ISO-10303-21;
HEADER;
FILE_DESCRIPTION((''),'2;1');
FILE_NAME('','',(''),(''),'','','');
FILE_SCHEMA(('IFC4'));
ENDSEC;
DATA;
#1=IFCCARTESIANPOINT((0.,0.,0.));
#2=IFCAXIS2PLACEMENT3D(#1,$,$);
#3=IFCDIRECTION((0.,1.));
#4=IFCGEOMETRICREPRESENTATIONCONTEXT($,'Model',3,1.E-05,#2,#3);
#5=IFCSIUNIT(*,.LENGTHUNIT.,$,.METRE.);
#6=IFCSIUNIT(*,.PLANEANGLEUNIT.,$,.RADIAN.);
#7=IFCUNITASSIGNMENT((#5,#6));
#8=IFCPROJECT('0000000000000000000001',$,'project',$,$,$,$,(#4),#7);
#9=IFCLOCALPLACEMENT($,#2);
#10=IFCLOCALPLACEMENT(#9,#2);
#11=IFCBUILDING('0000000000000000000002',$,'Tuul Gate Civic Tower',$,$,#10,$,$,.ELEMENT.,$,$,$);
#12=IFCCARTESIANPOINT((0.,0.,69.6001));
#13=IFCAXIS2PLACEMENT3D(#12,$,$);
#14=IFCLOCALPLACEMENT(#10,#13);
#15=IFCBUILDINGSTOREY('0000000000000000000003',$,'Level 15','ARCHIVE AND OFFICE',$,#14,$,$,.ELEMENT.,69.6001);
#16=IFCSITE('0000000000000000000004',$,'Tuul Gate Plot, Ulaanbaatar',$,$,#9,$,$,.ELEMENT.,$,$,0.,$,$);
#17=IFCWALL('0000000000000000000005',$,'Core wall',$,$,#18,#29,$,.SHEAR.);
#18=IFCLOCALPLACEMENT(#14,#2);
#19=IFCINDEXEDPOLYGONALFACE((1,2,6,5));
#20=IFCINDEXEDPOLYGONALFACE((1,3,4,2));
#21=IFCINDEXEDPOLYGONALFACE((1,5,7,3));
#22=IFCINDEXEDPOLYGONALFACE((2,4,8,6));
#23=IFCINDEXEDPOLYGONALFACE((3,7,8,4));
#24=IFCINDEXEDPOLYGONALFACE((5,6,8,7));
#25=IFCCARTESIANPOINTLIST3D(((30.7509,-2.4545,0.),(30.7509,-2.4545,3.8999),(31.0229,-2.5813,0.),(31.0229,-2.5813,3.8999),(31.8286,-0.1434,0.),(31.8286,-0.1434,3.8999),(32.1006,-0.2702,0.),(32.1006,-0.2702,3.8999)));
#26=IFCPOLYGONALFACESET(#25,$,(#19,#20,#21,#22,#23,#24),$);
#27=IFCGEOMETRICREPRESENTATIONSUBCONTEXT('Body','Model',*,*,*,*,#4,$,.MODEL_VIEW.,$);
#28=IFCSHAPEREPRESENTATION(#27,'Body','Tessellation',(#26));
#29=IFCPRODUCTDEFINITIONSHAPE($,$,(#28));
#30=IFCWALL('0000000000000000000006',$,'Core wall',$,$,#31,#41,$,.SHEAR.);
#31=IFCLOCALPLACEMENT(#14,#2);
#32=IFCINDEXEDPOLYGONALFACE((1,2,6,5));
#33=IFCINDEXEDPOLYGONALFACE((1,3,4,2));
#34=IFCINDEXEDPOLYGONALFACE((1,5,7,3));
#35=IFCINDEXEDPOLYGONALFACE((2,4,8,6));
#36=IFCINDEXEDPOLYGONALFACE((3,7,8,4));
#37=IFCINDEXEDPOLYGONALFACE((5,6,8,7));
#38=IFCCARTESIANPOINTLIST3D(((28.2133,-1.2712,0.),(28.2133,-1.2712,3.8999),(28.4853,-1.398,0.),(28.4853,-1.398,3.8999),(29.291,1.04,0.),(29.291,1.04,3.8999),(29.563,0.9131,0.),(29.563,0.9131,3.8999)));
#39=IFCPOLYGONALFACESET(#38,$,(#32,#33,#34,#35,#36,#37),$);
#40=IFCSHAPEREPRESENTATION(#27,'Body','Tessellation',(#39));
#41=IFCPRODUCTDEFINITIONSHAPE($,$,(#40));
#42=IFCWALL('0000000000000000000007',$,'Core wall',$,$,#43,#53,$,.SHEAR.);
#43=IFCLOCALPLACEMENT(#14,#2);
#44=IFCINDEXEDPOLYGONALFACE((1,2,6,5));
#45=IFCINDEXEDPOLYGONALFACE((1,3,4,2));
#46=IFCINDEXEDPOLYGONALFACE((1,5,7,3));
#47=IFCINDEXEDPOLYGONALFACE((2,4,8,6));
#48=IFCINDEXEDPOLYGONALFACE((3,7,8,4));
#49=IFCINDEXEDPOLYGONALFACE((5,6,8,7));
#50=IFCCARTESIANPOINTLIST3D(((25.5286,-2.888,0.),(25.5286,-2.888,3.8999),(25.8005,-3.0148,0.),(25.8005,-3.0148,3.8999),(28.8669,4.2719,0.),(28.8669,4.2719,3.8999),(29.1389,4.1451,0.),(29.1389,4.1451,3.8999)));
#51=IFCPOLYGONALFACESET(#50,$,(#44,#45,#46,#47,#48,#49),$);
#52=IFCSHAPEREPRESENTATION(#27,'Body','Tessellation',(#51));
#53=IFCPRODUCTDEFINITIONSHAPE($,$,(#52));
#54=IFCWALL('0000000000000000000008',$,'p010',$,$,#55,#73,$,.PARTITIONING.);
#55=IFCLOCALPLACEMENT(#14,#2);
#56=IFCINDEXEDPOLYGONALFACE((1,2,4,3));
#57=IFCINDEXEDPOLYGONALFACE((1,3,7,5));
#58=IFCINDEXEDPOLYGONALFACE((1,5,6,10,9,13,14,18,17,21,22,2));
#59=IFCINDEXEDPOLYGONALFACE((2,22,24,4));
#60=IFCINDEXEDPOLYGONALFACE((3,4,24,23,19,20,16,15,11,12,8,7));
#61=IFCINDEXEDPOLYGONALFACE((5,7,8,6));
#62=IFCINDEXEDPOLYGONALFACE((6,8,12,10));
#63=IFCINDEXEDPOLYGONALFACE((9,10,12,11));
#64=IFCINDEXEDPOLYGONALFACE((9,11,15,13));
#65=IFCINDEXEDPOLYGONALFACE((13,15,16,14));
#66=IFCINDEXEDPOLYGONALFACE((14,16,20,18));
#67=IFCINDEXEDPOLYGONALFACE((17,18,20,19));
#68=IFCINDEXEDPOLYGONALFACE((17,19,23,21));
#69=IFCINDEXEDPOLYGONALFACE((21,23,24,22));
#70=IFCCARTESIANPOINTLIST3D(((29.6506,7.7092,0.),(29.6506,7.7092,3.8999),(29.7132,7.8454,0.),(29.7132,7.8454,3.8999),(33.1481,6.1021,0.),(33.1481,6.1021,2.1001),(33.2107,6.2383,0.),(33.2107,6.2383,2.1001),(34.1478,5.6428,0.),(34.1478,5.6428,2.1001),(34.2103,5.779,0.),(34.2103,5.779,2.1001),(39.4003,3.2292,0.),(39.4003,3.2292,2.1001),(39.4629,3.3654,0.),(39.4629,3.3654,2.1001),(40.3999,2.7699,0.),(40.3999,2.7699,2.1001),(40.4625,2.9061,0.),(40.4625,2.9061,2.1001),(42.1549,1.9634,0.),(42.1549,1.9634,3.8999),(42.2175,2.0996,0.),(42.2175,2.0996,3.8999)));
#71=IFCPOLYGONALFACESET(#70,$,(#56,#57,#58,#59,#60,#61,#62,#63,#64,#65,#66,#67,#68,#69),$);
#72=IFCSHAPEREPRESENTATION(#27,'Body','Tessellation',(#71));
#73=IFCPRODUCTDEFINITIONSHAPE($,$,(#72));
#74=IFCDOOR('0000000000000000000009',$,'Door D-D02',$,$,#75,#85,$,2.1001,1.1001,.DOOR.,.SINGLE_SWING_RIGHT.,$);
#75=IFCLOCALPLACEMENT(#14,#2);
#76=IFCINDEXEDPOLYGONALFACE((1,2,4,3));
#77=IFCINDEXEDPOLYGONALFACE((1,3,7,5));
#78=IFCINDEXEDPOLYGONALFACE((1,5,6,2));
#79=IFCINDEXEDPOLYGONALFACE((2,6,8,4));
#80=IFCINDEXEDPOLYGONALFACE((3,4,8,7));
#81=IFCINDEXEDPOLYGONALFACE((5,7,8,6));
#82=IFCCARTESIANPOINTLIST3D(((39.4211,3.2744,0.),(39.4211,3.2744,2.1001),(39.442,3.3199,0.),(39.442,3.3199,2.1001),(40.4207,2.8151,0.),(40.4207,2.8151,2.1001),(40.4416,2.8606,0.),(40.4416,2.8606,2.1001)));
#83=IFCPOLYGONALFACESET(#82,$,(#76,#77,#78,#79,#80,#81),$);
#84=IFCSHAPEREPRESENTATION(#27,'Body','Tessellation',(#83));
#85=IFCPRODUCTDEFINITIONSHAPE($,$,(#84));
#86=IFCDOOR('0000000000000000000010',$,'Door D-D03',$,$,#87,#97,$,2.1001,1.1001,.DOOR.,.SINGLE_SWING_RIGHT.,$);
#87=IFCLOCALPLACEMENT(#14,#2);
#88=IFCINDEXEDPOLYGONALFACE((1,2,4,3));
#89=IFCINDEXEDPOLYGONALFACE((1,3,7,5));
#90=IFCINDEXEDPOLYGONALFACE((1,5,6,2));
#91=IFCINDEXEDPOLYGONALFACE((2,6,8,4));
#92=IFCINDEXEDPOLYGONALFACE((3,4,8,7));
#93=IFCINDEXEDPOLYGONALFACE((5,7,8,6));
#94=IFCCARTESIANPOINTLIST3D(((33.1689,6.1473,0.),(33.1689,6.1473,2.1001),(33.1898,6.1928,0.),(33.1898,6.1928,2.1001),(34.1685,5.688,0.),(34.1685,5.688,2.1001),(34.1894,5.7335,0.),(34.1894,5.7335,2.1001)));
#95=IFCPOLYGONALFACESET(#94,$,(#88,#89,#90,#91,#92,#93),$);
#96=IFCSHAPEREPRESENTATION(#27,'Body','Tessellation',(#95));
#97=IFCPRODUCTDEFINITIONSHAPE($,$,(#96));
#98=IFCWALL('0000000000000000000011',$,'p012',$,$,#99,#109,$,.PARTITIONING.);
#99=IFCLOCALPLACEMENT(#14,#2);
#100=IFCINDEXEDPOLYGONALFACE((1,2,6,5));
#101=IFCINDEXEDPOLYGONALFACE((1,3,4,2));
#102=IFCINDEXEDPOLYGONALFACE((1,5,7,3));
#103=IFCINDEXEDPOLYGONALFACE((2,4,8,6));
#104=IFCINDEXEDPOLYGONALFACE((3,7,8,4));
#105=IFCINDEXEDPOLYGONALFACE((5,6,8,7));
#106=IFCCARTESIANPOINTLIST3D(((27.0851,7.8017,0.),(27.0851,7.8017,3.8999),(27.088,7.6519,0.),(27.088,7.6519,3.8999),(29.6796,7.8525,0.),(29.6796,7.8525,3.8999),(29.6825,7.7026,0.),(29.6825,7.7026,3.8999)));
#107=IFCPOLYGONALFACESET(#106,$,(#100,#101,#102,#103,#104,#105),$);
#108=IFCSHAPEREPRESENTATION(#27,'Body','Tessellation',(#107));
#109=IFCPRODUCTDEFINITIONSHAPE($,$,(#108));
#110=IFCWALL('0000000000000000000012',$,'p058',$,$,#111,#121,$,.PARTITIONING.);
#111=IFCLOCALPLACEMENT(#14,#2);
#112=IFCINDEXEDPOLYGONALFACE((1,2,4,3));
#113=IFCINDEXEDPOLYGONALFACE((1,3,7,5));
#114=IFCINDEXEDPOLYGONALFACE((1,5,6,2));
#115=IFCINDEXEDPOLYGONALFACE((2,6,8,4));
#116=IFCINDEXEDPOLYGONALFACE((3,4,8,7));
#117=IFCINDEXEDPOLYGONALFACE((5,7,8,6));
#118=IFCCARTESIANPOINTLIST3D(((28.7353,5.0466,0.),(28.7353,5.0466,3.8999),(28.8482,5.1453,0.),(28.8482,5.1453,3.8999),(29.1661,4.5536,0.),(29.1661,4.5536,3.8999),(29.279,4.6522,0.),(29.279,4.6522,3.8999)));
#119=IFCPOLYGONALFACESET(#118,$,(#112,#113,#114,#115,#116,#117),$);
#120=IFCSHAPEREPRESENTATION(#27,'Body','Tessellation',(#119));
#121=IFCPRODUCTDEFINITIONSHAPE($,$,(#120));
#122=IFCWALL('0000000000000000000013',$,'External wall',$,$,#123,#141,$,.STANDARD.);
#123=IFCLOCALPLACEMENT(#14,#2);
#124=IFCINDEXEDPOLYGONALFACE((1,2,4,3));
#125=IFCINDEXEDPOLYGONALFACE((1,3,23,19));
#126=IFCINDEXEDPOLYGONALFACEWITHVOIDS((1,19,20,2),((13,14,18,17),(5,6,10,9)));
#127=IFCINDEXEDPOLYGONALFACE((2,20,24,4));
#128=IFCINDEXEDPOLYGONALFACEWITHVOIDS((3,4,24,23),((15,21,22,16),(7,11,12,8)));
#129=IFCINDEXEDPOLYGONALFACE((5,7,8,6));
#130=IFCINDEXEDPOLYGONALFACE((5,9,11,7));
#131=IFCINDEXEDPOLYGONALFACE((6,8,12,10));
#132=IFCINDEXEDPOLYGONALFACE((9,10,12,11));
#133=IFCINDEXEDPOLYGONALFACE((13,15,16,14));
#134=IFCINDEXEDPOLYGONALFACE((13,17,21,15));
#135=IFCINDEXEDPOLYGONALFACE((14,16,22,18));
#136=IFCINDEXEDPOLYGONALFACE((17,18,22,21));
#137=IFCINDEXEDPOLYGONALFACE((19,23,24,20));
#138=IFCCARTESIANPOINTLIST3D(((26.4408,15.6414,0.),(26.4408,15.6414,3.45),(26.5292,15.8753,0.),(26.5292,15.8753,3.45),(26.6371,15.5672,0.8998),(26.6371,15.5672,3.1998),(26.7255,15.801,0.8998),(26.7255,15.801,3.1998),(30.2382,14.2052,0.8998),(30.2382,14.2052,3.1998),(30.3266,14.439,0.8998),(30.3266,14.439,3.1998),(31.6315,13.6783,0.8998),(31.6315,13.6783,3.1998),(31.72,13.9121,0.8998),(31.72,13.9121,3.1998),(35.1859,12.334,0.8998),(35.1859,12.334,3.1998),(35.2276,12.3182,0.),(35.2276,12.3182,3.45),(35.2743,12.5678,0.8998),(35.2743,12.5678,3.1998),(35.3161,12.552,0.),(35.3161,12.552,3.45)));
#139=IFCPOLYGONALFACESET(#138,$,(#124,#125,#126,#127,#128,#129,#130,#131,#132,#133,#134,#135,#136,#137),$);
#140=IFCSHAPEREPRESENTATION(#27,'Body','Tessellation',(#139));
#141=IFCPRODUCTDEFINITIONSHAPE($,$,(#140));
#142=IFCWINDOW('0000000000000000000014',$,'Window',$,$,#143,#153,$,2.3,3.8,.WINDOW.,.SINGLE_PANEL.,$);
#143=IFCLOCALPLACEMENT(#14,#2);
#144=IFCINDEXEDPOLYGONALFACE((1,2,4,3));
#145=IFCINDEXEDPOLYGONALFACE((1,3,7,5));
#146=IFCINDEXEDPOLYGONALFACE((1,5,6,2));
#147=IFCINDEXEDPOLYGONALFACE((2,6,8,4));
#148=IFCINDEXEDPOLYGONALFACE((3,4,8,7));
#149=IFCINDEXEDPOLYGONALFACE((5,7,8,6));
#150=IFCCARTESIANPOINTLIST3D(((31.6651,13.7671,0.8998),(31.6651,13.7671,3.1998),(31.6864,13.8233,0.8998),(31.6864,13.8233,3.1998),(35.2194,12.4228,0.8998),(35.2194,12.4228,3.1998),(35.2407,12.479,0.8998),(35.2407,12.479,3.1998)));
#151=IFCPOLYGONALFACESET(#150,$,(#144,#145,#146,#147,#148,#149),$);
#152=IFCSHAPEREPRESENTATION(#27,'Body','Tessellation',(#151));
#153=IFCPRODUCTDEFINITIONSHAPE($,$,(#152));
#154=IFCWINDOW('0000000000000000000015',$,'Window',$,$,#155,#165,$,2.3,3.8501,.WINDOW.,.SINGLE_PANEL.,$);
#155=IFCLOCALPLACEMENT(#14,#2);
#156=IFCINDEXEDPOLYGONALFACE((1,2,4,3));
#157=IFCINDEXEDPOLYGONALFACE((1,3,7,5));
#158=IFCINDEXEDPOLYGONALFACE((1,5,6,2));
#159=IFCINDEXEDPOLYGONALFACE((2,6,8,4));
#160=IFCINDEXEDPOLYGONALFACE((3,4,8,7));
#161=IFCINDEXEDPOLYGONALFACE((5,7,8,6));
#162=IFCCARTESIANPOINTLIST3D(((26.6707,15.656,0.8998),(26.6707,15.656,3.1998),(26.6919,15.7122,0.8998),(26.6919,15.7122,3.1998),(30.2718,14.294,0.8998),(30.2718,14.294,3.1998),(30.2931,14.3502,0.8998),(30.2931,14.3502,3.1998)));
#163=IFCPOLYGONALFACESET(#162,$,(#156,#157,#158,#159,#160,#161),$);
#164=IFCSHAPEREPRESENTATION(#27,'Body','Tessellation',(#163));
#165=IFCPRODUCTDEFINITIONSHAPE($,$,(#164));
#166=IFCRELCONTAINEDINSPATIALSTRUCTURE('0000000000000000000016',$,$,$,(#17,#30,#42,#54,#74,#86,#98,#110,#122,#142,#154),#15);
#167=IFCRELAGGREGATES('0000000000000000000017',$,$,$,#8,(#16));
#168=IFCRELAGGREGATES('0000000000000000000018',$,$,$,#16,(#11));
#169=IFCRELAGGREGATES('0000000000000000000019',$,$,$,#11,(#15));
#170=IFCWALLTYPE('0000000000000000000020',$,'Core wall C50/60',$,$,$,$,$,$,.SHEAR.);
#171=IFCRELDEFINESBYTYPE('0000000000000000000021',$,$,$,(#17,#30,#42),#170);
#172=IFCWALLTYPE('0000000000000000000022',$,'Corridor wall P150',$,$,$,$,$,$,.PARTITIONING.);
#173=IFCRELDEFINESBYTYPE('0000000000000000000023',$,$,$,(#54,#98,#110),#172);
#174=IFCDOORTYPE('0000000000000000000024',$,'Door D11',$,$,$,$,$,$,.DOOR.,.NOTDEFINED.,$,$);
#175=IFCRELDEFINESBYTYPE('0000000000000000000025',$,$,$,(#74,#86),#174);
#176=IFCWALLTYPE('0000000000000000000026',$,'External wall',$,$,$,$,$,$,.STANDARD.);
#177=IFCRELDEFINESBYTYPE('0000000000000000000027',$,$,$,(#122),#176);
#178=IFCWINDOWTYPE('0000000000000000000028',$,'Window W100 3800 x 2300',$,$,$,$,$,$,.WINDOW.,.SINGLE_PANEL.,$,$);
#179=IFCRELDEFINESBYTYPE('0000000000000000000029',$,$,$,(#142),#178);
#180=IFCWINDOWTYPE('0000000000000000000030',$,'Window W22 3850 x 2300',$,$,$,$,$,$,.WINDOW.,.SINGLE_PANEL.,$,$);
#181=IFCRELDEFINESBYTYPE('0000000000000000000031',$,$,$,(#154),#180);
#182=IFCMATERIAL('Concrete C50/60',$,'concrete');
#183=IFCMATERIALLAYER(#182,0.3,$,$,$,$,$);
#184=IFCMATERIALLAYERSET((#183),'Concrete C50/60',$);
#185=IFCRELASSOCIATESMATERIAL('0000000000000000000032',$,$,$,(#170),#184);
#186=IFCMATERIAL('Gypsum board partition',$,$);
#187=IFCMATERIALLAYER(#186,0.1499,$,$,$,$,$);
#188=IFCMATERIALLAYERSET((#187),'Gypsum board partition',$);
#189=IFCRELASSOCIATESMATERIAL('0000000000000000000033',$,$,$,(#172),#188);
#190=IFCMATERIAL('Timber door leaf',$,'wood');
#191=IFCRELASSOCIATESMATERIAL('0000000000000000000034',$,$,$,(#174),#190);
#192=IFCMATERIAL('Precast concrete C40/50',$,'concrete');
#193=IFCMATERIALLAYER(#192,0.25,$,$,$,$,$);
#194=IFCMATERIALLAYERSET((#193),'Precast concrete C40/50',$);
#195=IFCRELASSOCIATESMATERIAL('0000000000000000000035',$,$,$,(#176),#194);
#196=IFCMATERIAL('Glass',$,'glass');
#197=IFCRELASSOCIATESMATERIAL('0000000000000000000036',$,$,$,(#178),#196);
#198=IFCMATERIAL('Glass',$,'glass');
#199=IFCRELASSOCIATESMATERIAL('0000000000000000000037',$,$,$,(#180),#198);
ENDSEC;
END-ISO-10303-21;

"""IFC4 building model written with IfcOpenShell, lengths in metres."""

from ifc_helpers import new_model, si_unit, direction, frame, frame_2d, origin, place, context, subcontext, project, spatial, rectangle, extrude, material, layer, layer_set, type_object, element, fill, save


model = new_model("IFC4")

# Units and contexts
model_context = context("Model", 3, precision=1e-05, world=origin(), true_north=direction((0.0, 1.0)))
body_context = subcontext(model_context, "Body", "Model", "MODEL_VIEW")
ifc_project = project(units=[si_unit("LENGTHUNIT", "METRE"), si_unit("PLANEANGLEUNIT", "RADIAN")], contexts=[model_context])

# Site, building, storey
site_placement = place(None, origin())
site = spatial("IfcSite", under=ifc_project, at=site_placement, Name="Tuul Gate Plot, Ulaanbaatar", CompositionType="ELEMENT", RefElevation=0.0)
building_placement = place(site_placement, origin())
building = spatial("IfcBuilding", under=site, at=building_placement, Name="Tuul Gate Civic Tower", CompositionType="ELEMENT")
storey_placement = place(building_placement, frame((0.0, 0.0, 69.6001)))
storey = spatial("IfcBuildingStorey", under=building, at=storey_placement, Name="Level 15", Description="ARCHIVE AND OFFICE", CompositionType="ELEMENT", Elevation=69.6001)

# Shared definitions
ifc_material_1 = material(Name="Concrete C50/60", Category="concrete")
ifc_layer_1 = layer(ifc_material_1, 0.3)
ifc_layer_set_1 = layer_set([ifc_layer_1], Name="Concrete C50/60")
wall_type_1 = type_object("IfcWallType", Name="Core wall C50/60", PredefinedType="SHEAR", material=ifc_layer_set_1)

# Walls
for number, where, z_axis, x_axis, name in (
    (1, (30.887, -2.5178, 0.0), (0.0, 0.0, 1.0), (0.422613, 0.90631, 0.0), "Core wall"),
    (2, (28.3494, -1.3345, 0.0), (0.0, 0.0, 1.0), (0.422613, 0.90631, 0.0), "Core wall"),
):
    element("IfcWall", number, at=place(storey_placement, frame(where, z_axis=z_axis, x_axis=x_axis)), inside=storey, type_object=wall_type_1, Name=name, PredefinedType="SHEAR", context=body_context, shape_type="SweptSolid", body=[
        extrude(rectangle(XDim=2.55, YDim=0.3, at=frame_2d((1.2749, 0.0))), origin(), (0.0, 0.0, 1.0), 3.8999),
    ])
wall_1_placement = place(storey_placement, frame((25.6646, -2.9514, 0.0), z_axis=(0.0, 0.0, 1.0), x_axis=(0.422583, 0.906324, 0.0)))
element("IfcWall", 3, at=wall_1_placement, inside=storey, type_object=wall_type_1, Name="Core wall", PredefinedType="SHEAR", context=body_context, shape_type="SweptSolid", body=[
    extrude(rectangle(XDim=7.8999, YDim=0.3, at=frame_2d((3.95, 0.0))), origin(), (0.0, 0.0, 1.0), 3.8999),
])

# Wall, openings, doors
ifc_material_2 = material(Name="Gypsum board partition")
ifc_layer_2 = layer(ifc_material_2, 0.1499)
ifc_layer_set_2 = layer_set([ifc_layer_2], Name="Gypsum board partition")
wall_type_2 = type_object("IfcWallType", Name="Corridor wall P150", PredefinedType="PARTITIONING", material=ifc_layer_set_2)
wall_2_placement = place(storey_placement, frame((29.6819, 7.7773, 0.0), z_axis=(0.0, 0.0, 1.0), x_axis=(0.908661, -0.417535, 0.0)))
wall_2 = element("IfcWall", 4, at=wall_2_placement, inside=storey, type_object=wall_type_2, Name="p010", PredefinedType="PARTITIONING", context=body_context, shape_type="SweptSolid", body=[
    extrude(rectangle(XDim=13.7612, YDim=0.1499, at=frame_2d((6.8806, 0.0))), origin(), (0.0, 0.0, 1.0), 3.8999),
])
opening_1_placement = place(wall_2_placement, frame((10.7297, 0.0, 0.0)))
opening_1 = element("IfcOpeningElement", 5, at=opening_1_placement, cuts=wall_2, PredefinedType="OPENING", context=body_context, shape_type="SweptSolid", body=[
    extrude(rectangle(XDim=1.1001, YDim=2.1001, at=frame_2d((0.55, 1.05))), frame((0.0, 0.085, 0.0), z_axis=(0.0, -1.0, 0.0), x_axis=(1.0, 0.0, 0.0)), (0.0, 0.0, 1.0), 0.1699),
])
opening_2_placement = place(wall_2_placement, frame((3.8491, 0.0, 0.0)))
opening_2 = element("IfcOpeningElement", 6, at=opening_2_placement, cuts=wall_2, PredefinedType="OPENING", context=body_context, shape_type="SweptSolid", body=[
    extrude(rectangle(XDim=1.1001, YDim=2.1001, at=frame_2d((0.55, 1.05))), frame((0.0, 0.085, 0.0), z_axis=(0.0, -1.0, 0.0), x_axis=(1.0, 0.0, 0.0)), (0.0, 0.0, 1.0), 0.1699),
])
ifc_material_3 = material(Name="Timber door leaf", Category="wood")
door_type_1 = type_object("IfcDoorType", Name="Door D11", OperationType="NOTDEFINED", PredefinedType="DOOR", material=ifc_material_3)
door_1_placement = place(opening_1_placement, origin())
door_1 = element("IfcDoor", 7, at=door_1_placement, inside=storey, type_object=door_type_1, Name="Door D-D02", OperationType="SINGLE_SWING_RIGHT", OverallHeight=2.1001, OverallWidth=1.1001, PredefinedType="DOOR", context=body_context, shape_type="SweptSolid", body=[
    extrude(rectangle(XDim=1.1001, YDim=2.1001, at=frame_2d((0.55, 1.05))), frame((0.0, 0.0249, 0.0), z_axis=(0.0, -1.0, 0.0), x_axis=(1.0, 0.0, 0.0)), (0.0, 0.0, 1.0), 0.05),
])
fill(opening_1, door_1)
door_2_placement = place(opening_2_placement, origin())
door_2 = element("IfcDoor", 8, at=door_2_placement, inside=storey, type_object=door_type_1, Name="Door D-D03", OperationType="SINGLE_SWING_RIGHT", OverallHeight=2.1001, OverallWidth=1.1001, PredefinedType="DOOR", context=body_context, shape_type="SweptSolid", body=[
    extrude(rectangle(XDim=1.1001, YDim=2.1001, at=frame_2d((0.55, 1.05))), frame((0.0, 0.0249, 0.0), z_axis=(0.0, -1.0, 0.0), x_axis=(1.0, 0.0, 0.0)), (0.0, 0.0, 1.0), 0.05),
])
fill(opening_2, door_2)

# Walls
wall_3_placement = place(storey_placement, frame((27.0867, 7.7268, 0.0), z_axis=(0.0, 0.0, 1.0), x_axis=(0.999809, 0.019569, 0.0)))
element("IfcWall", 9, at=wall_3_placement, inside=storey, type_object=wall_type_2, Name="p012", PredefinedType="PARTITIONING", context=body_context, shape_type="SweptSolid", body=[
    extrude(rectangle(XDim=2.595, YDim=0.1499, at=frame_2d((1.2974, 0.0))), origin(), (0.0, 0.0, 1.0), 3.8999),
])
wall_4_placement = place(storey_placement, frame((28.7917, 5.0959, 0.0), z_axis=(0.0, 0.0, 1.0), x_axis=(0.657977, -0.753038, 0.0)))
element("IfcWall", 10, at=wall_4_placement, inside=storey, type_object=wall_type_2, Name="p058", PredefinedType="PARTITIONING", context=body_context, shape_type="SweptSolid", body=[
    extrude(rectangle(XDim=0.6548, YDim=0.1499, at=frame_2d((0.3274, 0.0))), origin(), (0.0, 0.0, 1.0), 3.8999),
])

# Wall, openings, windows
ifc_material_4 = material(Name="Precast concrete C40/50", Category="concrete")
ifc_layer_3 = layer(ifc_material_4, 0.25)
ifc_layer_set_3 = layer_set([ifc_layer_3], Name="Precast concrete C40/50")
wall_type_3 = type_object("IfcWallType", Name="External wall", PredefinedType="STANDARD", material=ifc_layer_set_3)
wall_5_placement = place(storey_placement, frame((35.272, 12.4351, 0.0), z_axis=(0.0, 0.0, 1.0), x_axis=(-0.93534, 0.353751, 0.0)))
wall_5 = element("IfcWall", 11, at=wall_5_placement, inside=storey, type_object=wall_type_3, Name="External wall", PredefinedType="STANDARD", context=body_context, shape_type="SweptSolid", body=[
    extrude(rectangle(XDim=9.3943, YDim=0.25, at=frame_2d((4.6973, 0.0))), origin(), (0.0, 0.0, 1.0), 3.45),
])
opening_3_placement = place(wall_5_placement, frame((0.0449, 0.0, 0.8999)))
opening_3 = element("IfcOpeningElement", 12, at=opening_3_placement, cuts=wall_5, PredefinedType="OPENING", context=body_context, shape_type="SweptSolid", body=[
    extrude(rectangle(XDim=3.8, YDim=2.3, at=frame_2d((1.8999, 1.1499))), frame((0.0, 0.135, 0.0), z_axis=(0.0, -1.0, 0.0), x_axis=(1.0, 0.0, 0.0)), (0.0, 0.0, 1.0), 0.27),
])
opening_4_placement = place(wall_5_placement, frame((5.3345, 0.0, 0.8999)))
opening_4 = element("IfcOpeningElement", 13, at=opening_4_placement, cuts=wall_5, PredefinedType="OPENING", context=body_context, shape_type="SweptSolid", body=[
    extrude(rectangle(XDim=3.8501, YDim=2.3, at=frame_2d((1.925, 1.1499))), frame((0.0, 0.135, 0.0), z_axis=(0.0, -1.0, 0.0), x_axis=(1.0, 0.0, 0.0)), (0.0, 0.0, 1.0), 0.27),
])
ifc_material_5 = material(Name="Glass", Category="glass")
window_type_1 = type_object("IfcWindowType", Name="Window W100 3800 x 2300", PartitioningType="SINGLE_PANEL", PredefinedType="WINDOW", material=ifc_material_5)
window_1_placement = place(opening_3_placement, origin())
window_1 = element("IfcWindow", 14, at=window_1_placement, inside=storey, type_object=window_type_1, Name="Window", OverallHeight=2.3, OverallWidth=3.8, PartitioningType="SINGLE_PANEL", PredefinedType="WINDOW", context=body_context, shape_type="SweptSolid", body=[
    extrude(rectangle(XDim=3.8, YDim=2.3, at=frame_2d((1.8999, 1.1499))), frame((0.0, 0.03, 0.0), z_axis=(0.0, -1.0, 0.0), x_axis=(1.0, 0.0, 0.0)), (0.0, 0.0, 1.0), 0.0601),
])
fill(opening_3, window_1)
ifc_material_6 = material(Name="Glass", Category="glass")
window_type_2 = type_object("IfcWindowType", Name="Window W22 3850 x 2300", PartitioningType="SINGLE_PANEL", PredefinedType="WINDOW", material=ifc_material_6)
window_2_placement = place(opening_4_placement, origin())
window_2 = element("IfcWindow", 15, at=window_2_placement, inside=storey, type_object=window_type_2, Name="Window", OverallHeight=2.3, OverallWidth=3.8501, PartitioningType="SINGLE_PANEL", PredefinedType="WINDOW", context=body_context, shape_type="SweptSolid", body=[
    extrude(rectangle(XDim=3.8501, YDim=2.3, at=frame_2d((1.925, 1.1499))), frame((0.0, 0.03, 0.0), z_axis=(0.0, -1.0, 0.0), x_axis=(1.0, 0.0, 0.0)), (0.0, 0.0, 1.0), 0.0601),
])
fill(opening_4, window_2)

save(model, "model.ifc")
